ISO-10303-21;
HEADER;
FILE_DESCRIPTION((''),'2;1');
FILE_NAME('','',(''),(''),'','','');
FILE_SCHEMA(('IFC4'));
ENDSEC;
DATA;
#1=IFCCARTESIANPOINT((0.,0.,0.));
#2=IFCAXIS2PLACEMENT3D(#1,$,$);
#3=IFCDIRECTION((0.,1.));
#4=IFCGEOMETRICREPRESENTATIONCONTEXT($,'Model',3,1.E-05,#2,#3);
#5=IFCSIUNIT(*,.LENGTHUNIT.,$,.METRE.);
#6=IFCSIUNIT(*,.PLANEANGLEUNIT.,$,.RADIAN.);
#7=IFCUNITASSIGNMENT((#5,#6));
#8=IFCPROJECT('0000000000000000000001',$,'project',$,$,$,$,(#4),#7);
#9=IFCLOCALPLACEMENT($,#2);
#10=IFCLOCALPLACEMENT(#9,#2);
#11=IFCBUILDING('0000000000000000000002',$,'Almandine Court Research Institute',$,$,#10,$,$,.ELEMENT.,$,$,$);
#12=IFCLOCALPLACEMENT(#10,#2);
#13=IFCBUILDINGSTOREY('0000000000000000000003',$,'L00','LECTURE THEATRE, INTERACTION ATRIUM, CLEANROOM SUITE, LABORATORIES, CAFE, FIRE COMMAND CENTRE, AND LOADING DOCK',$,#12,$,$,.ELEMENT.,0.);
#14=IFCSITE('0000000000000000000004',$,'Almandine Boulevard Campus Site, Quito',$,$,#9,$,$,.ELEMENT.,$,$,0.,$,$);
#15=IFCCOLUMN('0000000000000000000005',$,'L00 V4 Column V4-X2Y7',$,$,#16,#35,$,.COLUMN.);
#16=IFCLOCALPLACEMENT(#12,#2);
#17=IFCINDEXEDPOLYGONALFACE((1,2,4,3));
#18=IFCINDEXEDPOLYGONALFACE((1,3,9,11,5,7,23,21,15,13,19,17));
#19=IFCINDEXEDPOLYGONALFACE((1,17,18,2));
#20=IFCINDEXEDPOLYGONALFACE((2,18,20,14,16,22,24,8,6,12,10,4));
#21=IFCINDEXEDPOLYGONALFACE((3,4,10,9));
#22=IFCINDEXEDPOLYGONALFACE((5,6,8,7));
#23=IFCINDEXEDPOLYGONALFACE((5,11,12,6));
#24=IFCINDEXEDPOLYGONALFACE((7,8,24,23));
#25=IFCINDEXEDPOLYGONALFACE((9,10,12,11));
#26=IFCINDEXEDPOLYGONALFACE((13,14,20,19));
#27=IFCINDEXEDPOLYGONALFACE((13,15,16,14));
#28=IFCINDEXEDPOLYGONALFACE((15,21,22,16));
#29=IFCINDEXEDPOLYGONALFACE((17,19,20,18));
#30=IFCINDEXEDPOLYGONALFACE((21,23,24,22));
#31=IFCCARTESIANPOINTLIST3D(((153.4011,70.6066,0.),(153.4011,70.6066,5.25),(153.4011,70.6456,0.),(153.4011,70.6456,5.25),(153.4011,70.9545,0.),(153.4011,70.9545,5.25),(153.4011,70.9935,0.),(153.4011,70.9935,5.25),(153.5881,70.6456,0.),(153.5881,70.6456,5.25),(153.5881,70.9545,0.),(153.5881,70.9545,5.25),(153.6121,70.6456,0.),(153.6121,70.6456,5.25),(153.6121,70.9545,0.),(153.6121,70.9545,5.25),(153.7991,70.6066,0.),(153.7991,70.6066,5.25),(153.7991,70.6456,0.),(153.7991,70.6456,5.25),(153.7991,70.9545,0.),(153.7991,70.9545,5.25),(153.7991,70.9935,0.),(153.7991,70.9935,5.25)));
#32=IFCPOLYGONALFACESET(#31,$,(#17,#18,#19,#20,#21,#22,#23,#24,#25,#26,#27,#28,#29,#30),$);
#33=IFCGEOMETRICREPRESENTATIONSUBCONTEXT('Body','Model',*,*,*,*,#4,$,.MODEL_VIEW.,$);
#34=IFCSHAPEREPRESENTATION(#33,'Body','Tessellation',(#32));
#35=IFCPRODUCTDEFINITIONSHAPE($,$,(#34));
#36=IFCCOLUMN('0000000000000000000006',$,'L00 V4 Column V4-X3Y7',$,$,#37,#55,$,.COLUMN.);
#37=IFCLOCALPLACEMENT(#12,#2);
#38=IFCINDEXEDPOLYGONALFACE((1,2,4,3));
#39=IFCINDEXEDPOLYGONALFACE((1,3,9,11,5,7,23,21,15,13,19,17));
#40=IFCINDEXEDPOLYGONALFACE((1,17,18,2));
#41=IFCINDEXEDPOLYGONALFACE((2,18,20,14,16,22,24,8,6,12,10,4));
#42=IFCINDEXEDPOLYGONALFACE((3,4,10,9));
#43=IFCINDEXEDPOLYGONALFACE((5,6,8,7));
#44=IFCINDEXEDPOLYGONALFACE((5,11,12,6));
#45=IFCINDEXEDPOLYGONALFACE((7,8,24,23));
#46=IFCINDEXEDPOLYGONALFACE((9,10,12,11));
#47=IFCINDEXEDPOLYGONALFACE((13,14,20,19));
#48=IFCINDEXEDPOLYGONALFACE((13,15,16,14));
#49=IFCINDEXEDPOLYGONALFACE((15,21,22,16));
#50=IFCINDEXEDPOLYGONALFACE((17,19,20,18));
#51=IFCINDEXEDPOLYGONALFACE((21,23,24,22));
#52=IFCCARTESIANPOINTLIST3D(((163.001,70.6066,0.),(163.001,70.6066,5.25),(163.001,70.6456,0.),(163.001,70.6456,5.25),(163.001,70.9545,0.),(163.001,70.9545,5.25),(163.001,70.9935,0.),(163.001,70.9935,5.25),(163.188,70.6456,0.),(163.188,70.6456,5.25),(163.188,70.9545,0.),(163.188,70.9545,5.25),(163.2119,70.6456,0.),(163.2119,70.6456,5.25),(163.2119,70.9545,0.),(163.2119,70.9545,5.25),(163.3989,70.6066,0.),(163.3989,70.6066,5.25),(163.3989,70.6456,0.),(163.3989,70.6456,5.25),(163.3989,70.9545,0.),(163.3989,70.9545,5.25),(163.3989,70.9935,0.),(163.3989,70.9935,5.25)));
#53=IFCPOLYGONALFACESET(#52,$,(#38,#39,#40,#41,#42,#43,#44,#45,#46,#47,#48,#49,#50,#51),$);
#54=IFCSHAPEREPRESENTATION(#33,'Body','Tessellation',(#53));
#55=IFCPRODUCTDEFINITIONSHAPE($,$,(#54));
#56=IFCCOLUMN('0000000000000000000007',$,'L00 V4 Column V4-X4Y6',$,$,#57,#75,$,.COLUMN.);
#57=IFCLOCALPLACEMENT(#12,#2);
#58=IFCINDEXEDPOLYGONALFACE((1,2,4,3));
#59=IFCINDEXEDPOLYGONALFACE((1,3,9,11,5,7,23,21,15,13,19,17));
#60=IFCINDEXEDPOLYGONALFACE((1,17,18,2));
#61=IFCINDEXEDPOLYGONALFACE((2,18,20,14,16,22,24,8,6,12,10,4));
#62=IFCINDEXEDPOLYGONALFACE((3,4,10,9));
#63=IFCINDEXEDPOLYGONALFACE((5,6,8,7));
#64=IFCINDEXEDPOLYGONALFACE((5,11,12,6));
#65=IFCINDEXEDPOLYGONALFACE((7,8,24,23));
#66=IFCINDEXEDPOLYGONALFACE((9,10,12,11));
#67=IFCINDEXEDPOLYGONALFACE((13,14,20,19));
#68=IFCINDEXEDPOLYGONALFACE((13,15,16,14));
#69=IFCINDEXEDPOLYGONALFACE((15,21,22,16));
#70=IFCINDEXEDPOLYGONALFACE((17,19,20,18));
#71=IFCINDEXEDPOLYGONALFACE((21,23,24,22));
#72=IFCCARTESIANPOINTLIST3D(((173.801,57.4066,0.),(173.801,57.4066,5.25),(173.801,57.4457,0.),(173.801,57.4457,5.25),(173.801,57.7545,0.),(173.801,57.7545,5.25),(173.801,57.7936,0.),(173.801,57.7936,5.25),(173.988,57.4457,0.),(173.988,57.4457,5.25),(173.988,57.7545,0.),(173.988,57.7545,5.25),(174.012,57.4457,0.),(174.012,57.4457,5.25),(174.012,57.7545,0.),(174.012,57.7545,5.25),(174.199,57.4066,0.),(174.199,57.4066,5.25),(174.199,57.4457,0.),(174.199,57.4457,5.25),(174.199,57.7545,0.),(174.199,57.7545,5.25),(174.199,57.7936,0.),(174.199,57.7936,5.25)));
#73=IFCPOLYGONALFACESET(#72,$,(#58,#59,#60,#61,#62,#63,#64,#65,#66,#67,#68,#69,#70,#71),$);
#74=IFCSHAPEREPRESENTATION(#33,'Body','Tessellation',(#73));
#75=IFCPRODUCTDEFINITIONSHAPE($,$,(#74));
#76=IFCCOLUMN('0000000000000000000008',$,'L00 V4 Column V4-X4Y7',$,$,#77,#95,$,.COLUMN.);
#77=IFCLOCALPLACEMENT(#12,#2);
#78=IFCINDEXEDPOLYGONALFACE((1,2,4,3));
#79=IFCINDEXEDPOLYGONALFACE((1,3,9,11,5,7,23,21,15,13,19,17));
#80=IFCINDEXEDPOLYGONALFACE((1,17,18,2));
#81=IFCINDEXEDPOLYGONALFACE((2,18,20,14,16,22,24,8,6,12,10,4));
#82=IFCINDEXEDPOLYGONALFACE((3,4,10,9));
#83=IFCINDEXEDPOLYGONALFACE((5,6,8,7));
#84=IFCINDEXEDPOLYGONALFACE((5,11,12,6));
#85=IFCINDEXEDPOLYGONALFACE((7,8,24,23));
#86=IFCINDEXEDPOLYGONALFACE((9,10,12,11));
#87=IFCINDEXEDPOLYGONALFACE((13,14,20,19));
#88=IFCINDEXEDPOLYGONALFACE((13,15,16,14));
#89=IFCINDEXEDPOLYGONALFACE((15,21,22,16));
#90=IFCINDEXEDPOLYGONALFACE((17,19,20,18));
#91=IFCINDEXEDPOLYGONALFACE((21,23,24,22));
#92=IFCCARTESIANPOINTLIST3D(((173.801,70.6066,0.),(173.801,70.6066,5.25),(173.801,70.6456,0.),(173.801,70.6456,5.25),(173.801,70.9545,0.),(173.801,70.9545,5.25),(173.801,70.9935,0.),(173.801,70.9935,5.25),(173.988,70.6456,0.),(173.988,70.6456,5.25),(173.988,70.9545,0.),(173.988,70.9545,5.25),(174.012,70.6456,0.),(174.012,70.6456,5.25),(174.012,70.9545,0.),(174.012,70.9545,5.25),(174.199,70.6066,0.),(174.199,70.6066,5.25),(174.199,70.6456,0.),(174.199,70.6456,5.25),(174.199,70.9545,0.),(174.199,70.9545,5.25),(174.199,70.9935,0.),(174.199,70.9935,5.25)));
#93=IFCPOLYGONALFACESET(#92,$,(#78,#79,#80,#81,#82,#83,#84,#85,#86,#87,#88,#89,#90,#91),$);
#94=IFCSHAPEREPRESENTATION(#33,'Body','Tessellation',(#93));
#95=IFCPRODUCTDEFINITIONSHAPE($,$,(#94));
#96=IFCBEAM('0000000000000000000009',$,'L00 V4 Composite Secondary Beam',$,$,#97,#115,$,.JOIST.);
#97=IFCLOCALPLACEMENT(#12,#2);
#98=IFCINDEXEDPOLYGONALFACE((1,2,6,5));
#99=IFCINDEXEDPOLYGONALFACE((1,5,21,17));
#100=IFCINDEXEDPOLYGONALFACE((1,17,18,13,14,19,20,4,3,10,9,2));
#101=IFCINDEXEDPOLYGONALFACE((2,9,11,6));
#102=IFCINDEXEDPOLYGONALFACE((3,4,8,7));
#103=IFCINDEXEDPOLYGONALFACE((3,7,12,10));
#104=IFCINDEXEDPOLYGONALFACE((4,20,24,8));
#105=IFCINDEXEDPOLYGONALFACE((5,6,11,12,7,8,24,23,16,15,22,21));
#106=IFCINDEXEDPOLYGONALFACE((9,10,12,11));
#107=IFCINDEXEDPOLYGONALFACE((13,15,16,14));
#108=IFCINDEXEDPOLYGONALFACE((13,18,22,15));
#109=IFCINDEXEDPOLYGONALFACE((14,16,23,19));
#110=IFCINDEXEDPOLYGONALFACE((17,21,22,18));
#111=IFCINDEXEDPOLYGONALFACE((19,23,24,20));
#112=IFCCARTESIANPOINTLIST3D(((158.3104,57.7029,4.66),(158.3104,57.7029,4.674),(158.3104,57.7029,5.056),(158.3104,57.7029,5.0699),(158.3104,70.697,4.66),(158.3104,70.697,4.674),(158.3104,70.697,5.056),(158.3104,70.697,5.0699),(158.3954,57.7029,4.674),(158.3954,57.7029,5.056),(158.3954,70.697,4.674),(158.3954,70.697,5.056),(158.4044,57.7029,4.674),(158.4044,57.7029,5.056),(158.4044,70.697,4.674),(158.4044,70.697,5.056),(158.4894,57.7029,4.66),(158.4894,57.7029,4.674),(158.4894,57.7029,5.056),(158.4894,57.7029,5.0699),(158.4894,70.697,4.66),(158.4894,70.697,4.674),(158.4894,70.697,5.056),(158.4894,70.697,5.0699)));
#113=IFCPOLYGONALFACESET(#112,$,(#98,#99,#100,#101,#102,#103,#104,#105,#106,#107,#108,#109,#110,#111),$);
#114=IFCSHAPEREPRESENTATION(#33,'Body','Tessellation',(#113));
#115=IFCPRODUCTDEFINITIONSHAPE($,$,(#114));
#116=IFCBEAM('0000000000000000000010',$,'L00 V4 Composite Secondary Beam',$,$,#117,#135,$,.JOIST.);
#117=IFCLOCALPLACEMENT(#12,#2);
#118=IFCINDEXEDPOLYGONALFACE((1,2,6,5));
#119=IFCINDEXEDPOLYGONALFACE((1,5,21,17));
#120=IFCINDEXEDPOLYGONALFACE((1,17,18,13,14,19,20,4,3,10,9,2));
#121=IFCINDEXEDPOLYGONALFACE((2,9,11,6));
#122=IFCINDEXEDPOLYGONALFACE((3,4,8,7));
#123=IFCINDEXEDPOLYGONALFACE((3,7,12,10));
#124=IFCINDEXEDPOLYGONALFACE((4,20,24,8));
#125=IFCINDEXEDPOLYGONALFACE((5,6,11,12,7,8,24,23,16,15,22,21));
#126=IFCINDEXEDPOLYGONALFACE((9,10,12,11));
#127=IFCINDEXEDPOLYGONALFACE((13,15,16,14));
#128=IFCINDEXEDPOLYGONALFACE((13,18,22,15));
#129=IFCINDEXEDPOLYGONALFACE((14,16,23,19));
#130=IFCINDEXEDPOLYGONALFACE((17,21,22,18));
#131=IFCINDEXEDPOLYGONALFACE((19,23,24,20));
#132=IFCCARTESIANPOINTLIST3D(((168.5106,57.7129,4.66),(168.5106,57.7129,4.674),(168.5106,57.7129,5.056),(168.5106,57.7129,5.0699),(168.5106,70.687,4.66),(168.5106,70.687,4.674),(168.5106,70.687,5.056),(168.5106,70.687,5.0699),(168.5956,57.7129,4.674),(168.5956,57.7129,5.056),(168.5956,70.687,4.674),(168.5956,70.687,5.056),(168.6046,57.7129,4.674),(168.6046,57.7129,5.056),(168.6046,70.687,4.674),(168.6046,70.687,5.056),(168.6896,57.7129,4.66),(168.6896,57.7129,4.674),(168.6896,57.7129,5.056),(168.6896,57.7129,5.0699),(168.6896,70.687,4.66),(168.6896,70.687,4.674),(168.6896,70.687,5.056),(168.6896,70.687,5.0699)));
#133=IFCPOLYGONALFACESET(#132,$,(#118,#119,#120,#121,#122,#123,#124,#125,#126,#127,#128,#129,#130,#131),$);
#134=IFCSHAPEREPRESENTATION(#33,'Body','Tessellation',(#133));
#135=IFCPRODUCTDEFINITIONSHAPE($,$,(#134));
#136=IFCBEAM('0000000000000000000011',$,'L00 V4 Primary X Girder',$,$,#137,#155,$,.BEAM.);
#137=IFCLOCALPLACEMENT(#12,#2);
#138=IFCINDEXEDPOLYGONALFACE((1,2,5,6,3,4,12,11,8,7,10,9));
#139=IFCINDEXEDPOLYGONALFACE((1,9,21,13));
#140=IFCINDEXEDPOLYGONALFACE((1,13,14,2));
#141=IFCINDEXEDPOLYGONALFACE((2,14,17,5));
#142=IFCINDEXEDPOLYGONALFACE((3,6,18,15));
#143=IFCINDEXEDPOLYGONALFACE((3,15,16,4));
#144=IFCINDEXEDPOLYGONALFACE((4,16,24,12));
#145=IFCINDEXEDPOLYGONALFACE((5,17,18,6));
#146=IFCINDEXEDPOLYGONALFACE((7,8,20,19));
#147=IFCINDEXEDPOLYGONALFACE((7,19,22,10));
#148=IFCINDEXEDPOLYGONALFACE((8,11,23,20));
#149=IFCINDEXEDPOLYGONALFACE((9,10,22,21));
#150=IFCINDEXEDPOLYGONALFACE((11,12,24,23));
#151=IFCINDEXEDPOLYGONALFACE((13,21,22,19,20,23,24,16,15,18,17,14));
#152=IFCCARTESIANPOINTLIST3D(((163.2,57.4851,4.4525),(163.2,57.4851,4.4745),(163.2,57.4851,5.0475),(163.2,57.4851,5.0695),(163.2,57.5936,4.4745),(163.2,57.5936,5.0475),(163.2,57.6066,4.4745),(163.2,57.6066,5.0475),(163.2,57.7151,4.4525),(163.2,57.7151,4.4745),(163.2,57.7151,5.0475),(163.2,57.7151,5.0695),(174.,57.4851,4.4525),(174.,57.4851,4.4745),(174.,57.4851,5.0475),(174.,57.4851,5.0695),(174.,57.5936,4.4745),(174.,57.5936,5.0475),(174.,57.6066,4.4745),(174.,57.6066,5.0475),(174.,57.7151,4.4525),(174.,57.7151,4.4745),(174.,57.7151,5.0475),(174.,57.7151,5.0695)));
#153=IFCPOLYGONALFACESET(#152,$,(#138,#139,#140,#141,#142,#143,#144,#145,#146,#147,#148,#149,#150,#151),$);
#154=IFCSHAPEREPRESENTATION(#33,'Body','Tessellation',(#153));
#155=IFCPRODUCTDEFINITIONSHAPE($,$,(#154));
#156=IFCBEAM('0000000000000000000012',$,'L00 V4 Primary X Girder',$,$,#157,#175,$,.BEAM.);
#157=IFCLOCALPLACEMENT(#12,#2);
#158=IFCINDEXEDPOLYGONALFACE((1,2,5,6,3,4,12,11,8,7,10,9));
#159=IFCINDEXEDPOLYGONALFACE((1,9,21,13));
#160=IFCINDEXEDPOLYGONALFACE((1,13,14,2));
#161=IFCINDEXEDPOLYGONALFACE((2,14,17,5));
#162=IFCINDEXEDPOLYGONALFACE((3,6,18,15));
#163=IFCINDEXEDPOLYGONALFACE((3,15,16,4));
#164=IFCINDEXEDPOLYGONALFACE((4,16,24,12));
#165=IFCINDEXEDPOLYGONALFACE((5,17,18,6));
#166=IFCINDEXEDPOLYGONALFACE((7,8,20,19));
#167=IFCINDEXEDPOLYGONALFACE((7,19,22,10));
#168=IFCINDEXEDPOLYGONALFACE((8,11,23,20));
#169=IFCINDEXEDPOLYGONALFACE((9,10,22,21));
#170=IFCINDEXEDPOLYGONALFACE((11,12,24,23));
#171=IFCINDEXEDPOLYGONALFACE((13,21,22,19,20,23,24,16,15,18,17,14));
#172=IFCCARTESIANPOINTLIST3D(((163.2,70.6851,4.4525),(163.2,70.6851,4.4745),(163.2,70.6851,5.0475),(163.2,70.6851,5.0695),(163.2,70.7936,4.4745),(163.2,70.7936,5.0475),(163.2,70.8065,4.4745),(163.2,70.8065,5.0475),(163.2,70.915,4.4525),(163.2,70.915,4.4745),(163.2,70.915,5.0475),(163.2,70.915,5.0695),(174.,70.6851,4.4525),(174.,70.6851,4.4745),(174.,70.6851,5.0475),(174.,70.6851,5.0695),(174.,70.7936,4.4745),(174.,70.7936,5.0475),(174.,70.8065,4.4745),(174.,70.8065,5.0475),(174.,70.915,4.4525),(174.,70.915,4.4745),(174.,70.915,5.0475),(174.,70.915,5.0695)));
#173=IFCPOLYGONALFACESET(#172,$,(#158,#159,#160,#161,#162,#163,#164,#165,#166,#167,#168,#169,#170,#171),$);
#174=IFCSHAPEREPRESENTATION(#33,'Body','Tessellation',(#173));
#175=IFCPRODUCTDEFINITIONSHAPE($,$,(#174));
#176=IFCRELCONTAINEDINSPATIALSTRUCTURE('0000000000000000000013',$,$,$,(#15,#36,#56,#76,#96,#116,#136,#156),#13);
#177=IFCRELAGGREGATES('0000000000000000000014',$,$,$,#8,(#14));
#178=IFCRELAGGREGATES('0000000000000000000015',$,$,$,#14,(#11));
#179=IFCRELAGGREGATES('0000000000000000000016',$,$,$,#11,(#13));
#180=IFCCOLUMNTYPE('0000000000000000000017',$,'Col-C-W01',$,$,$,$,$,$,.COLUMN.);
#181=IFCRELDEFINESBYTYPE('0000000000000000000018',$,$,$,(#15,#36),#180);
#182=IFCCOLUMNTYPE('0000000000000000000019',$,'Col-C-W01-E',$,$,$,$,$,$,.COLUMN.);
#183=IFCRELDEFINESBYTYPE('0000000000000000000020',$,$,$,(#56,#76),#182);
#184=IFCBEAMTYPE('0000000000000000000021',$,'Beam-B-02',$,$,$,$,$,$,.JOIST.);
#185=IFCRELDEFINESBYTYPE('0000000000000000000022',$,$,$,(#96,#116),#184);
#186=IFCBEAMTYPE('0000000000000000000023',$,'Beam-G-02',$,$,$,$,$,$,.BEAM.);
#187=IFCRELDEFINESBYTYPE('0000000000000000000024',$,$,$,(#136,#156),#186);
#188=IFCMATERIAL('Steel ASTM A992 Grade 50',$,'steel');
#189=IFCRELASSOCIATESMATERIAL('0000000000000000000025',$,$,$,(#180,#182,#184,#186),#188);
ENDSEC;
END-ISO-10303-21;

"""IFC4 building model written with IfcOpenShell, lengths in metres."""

from ifc_helpers import new_model, si_unit, direction, frame, origin, origin_2d, place, context, subcontext, project, spatial, i_section, extrude, material, material_profile, profile_set, type_object, element, save


model = new_model("IFC4")

# Units and contexts
model_context = context("Model", 3, precision=1e-05, world=origin(), true_north=direction((0.0, 1.0)))
body_context = subcontext(model_context, "Body", "Model", "MODEL_VIEW")
ifc_project = project(units=[si_unit("LENGTHUNIT", "METRE"), si_unit("PLANEANGLEUNIT", "RADIAN")], contexts=[model_context])

# Site, building, storey
site_placement = place(None, origin())
site = spatial("IfcSite", under=ifc_project, at=site_placement, Name="Almandine Boulevard Campus Site, Quito", CompositionType="ELEMENT", RefElevation=0.0)
building_placement = place(site_placement, origin())
building = spatial("IfcBuilding", under=site, at=building_placement, Name="Almandine Court Research Institute", CompositionType="ELEMENT")
storey_placement = place(building_placement, origin())
storey = spatial("IfcBuildingStorey", under=building, at=storey_placement, Name="L00", Description="LECTURE THEATRE, INTERACTION ATRIUM, CLEANROOM SUITE, LABORATORIES, CAFE, FIRE COMMAND CENTRE, AND LOADING DOCK", CompositionType="ELEMENT", Elevation=0.0)

# Columns
ifc_material_1 = material(Name="Steel ASTM A992 Grade 50", Category="steel")
ifc_material_profile_1 = material_profile(ifc_material_1, i_section(OverallWidth=0.3979, OverallDepth=0.387, WebThickness=0.0239, FlangeThickness=0.0391, at=origin_2d()), Name="W360x262")
ifc_profile_set_1 = profile_set([ifc_material_profile_1], Name="Steel ASTM A992 Grade 50")
column_type_1 = type_object("IfcColumnType", Name="Col-C-W01", PredefinedType="COLUMN", material=ifc_profile_set_1)
for number, where, z_axis, x_axis, name in (
    (1, (153.6001, 70.8, 0.0), (0.0, 0.0, 1.0), (1.0, 0.0, 0.0), "L00 V4 Column V4-X2Y7"),
    (2, (163.2, 70.8, 0.0), (0.0, 0.0, 1.0), (1.0, 0.0, 0.0), "L00 V4 Column V4-X3Y7"),
):
    element("IfcColumn", number, at=place(storey_placement, frame(where, z_axis=z_axis, x_axis=x_axis)), inside=storey, type_object=column_type_1, Name=name, PredefinedType="COLUMN", context=body_context, shape_type="SweptSolid", body=[
        extrude(i_section(OverallWidth=0.3979, OverallDepth=0.387, WebThickness=0.0239, FlangeThickness=0.0391, at=origin_2d()), origin(), (0.0, 0.0, 1.0), 5.25),
    ])
ifc_material_profile_2 = material_profile(ifc_material_1, i_section(OverallWidth=0.3979, OverallDepth=0.387, WebThickness=0.0239, FlangeThickness=0.0391, at=origin_2d()), Name="W360x262")
ifc_profile_set_2 = profile_set([ifc_material_profile_2], Name="Steel ASTM A992 Grade 50")
column_type_2 = type_object("IfcColumnType", Name="Col-C-W01-E", PredefinedType="COLUMN", material=ifc_profile_set_2)
for number, where, z_axis, x_axis, name in (
    (3, (174.0, 57.6001, 0.0), (0.0, 0.0, 1.0), (1.0, 0.0, 0.0), "L00 V4 Column V4-X4Y6"),
    (4, (174.0, 70.8, 0.0), (0.0, 0.0, 1.0), (1.0, 0.0, 0.0), "L00 V4 Column V4-X4Y7"),
):
    element("IfcColumn", number, at=place(storey_placement, frame(where, z_axis=z_axis, x_axis=x_axis)), inside=storey, type_object=column_type_2, Name=name, PredefinedType="COLUMN", context=body_context, shape_type="SweptSolid", body=[
        extrude(i_section(OverallWidth=0.3979, OverallDepth=0.387, WebThickness=0.0239, FlangeThickness=0.0391, at=origin_2d()), origin(), (0.0, 0.0, 1.0), 5.25),
    ])

# Beams
ifc_material_profile_3 = material_profile(ifc_material_1, i_section(OverallWidth=0.179, OverallDepth=0.4099, WebThickness=0.009, FlangeThickness=0.0139, at=origin_2d()), Name="W410x67")
ifc_profile_set_3 = profile_set([ifc_material_profile_3], Name="Steel ASTM A992 Grade 50")
beam_type_1 = type_object("IfcBeamType", Name="Beam-B-02", PredefinedType="JOIST", material=ifc_profile_set_3)
beam_1_placement = place(storey_placement, frame((158.3999, 57.7029, 4.865), z_axis=(0.0, 1.0, 0.0), x_axis=(-1.0, 0.0, 0.0)))
element("IfcBeam", 5, at=beam_1_placement, inside=storey, type_object=beam_type_1, Name="L00 V4 Composite Secondary Beam", PredefinedType="JOIST", context=body_context, shape_type="SweptSolid", body=[
    extrude(i_section(OverallWidth=0.179, OverallDepth=0.4099, WebThickness=0.009, FlangeThickness=0.0139, at=origin_2d()), origin(), (0.0, 0.0, 1.0), 12.9941),
])
beam_2_placement = place(storey_placement, frame((168.6001, 57.7129, 4.865), z_axis=(0.0, 1.0, 0.0), x_axis=(-1.0, 0.0, 0.0)))
element("IfcBeam", 6, at=beam_2_placement, inside=storey, type_object=beam_type_1, Name="L00 V4 Composite Secondary Beam", PredefinedType="JOIST", context=body_context, shape_type="SweptSolid", body=[
    extrude(i_section(OverallWidth=0.179, OverallDepth=0.4099, WebThickness=0.009, FlangeThickness=0.0139, at=origin_2d()), origin(), (0.0, 0.0, 1.0), 12.9741),
])
ifc_material_profile_4 = material_profile(ifc_material_1, i_section(OverallWidth=0.23, OverallDepth=0.6169, WebThickness=0.0129, FlangeThickness=0.022, at=origin_2d()), Name="W610x140")
ifc_profile_set_4 = profile_set([ifc_material_profile_4], Name="Steel ASTM A992 Grade 50")
beam_type_2 = type_object("IfcBeamType", Name="Beam-G-02", PredefinedType="BEAM", material=ifc_profile_set_4)
for number, where, z_axis, x_axis, name in (
    (7, (163.2, 57.6001, 4.761), (1.0, 0.0, 0.0), (0.0, 1.0, 0.0), "L00 V4 Primary X Girder"),
    (8, (163.2, 70.8, 4.761), (1.0, 0.0, 0.0), (0.0, 1.0, 0.0), "L00 V4 Primary X Girder"),
):
    element("IfcBeam", number, at=place(storey_placement, frame(where, z_axis=z_axis, x_axis=x_axis)), inside=storey, type_object=beam_type_2, Name=name, PredefinedType="BEAM", context=body_context, shape_type="SweptSolid", body=[
        extrude(i_section(OverallWidth=0.23, OverallDepth=0.6169, WebThickness=0.0129, FlangeThickness=0.022, at=origin_2d()), origin(), (0.0, 0.0, 1.0), 10.8),
    ])

save(model, "model.ifc")
